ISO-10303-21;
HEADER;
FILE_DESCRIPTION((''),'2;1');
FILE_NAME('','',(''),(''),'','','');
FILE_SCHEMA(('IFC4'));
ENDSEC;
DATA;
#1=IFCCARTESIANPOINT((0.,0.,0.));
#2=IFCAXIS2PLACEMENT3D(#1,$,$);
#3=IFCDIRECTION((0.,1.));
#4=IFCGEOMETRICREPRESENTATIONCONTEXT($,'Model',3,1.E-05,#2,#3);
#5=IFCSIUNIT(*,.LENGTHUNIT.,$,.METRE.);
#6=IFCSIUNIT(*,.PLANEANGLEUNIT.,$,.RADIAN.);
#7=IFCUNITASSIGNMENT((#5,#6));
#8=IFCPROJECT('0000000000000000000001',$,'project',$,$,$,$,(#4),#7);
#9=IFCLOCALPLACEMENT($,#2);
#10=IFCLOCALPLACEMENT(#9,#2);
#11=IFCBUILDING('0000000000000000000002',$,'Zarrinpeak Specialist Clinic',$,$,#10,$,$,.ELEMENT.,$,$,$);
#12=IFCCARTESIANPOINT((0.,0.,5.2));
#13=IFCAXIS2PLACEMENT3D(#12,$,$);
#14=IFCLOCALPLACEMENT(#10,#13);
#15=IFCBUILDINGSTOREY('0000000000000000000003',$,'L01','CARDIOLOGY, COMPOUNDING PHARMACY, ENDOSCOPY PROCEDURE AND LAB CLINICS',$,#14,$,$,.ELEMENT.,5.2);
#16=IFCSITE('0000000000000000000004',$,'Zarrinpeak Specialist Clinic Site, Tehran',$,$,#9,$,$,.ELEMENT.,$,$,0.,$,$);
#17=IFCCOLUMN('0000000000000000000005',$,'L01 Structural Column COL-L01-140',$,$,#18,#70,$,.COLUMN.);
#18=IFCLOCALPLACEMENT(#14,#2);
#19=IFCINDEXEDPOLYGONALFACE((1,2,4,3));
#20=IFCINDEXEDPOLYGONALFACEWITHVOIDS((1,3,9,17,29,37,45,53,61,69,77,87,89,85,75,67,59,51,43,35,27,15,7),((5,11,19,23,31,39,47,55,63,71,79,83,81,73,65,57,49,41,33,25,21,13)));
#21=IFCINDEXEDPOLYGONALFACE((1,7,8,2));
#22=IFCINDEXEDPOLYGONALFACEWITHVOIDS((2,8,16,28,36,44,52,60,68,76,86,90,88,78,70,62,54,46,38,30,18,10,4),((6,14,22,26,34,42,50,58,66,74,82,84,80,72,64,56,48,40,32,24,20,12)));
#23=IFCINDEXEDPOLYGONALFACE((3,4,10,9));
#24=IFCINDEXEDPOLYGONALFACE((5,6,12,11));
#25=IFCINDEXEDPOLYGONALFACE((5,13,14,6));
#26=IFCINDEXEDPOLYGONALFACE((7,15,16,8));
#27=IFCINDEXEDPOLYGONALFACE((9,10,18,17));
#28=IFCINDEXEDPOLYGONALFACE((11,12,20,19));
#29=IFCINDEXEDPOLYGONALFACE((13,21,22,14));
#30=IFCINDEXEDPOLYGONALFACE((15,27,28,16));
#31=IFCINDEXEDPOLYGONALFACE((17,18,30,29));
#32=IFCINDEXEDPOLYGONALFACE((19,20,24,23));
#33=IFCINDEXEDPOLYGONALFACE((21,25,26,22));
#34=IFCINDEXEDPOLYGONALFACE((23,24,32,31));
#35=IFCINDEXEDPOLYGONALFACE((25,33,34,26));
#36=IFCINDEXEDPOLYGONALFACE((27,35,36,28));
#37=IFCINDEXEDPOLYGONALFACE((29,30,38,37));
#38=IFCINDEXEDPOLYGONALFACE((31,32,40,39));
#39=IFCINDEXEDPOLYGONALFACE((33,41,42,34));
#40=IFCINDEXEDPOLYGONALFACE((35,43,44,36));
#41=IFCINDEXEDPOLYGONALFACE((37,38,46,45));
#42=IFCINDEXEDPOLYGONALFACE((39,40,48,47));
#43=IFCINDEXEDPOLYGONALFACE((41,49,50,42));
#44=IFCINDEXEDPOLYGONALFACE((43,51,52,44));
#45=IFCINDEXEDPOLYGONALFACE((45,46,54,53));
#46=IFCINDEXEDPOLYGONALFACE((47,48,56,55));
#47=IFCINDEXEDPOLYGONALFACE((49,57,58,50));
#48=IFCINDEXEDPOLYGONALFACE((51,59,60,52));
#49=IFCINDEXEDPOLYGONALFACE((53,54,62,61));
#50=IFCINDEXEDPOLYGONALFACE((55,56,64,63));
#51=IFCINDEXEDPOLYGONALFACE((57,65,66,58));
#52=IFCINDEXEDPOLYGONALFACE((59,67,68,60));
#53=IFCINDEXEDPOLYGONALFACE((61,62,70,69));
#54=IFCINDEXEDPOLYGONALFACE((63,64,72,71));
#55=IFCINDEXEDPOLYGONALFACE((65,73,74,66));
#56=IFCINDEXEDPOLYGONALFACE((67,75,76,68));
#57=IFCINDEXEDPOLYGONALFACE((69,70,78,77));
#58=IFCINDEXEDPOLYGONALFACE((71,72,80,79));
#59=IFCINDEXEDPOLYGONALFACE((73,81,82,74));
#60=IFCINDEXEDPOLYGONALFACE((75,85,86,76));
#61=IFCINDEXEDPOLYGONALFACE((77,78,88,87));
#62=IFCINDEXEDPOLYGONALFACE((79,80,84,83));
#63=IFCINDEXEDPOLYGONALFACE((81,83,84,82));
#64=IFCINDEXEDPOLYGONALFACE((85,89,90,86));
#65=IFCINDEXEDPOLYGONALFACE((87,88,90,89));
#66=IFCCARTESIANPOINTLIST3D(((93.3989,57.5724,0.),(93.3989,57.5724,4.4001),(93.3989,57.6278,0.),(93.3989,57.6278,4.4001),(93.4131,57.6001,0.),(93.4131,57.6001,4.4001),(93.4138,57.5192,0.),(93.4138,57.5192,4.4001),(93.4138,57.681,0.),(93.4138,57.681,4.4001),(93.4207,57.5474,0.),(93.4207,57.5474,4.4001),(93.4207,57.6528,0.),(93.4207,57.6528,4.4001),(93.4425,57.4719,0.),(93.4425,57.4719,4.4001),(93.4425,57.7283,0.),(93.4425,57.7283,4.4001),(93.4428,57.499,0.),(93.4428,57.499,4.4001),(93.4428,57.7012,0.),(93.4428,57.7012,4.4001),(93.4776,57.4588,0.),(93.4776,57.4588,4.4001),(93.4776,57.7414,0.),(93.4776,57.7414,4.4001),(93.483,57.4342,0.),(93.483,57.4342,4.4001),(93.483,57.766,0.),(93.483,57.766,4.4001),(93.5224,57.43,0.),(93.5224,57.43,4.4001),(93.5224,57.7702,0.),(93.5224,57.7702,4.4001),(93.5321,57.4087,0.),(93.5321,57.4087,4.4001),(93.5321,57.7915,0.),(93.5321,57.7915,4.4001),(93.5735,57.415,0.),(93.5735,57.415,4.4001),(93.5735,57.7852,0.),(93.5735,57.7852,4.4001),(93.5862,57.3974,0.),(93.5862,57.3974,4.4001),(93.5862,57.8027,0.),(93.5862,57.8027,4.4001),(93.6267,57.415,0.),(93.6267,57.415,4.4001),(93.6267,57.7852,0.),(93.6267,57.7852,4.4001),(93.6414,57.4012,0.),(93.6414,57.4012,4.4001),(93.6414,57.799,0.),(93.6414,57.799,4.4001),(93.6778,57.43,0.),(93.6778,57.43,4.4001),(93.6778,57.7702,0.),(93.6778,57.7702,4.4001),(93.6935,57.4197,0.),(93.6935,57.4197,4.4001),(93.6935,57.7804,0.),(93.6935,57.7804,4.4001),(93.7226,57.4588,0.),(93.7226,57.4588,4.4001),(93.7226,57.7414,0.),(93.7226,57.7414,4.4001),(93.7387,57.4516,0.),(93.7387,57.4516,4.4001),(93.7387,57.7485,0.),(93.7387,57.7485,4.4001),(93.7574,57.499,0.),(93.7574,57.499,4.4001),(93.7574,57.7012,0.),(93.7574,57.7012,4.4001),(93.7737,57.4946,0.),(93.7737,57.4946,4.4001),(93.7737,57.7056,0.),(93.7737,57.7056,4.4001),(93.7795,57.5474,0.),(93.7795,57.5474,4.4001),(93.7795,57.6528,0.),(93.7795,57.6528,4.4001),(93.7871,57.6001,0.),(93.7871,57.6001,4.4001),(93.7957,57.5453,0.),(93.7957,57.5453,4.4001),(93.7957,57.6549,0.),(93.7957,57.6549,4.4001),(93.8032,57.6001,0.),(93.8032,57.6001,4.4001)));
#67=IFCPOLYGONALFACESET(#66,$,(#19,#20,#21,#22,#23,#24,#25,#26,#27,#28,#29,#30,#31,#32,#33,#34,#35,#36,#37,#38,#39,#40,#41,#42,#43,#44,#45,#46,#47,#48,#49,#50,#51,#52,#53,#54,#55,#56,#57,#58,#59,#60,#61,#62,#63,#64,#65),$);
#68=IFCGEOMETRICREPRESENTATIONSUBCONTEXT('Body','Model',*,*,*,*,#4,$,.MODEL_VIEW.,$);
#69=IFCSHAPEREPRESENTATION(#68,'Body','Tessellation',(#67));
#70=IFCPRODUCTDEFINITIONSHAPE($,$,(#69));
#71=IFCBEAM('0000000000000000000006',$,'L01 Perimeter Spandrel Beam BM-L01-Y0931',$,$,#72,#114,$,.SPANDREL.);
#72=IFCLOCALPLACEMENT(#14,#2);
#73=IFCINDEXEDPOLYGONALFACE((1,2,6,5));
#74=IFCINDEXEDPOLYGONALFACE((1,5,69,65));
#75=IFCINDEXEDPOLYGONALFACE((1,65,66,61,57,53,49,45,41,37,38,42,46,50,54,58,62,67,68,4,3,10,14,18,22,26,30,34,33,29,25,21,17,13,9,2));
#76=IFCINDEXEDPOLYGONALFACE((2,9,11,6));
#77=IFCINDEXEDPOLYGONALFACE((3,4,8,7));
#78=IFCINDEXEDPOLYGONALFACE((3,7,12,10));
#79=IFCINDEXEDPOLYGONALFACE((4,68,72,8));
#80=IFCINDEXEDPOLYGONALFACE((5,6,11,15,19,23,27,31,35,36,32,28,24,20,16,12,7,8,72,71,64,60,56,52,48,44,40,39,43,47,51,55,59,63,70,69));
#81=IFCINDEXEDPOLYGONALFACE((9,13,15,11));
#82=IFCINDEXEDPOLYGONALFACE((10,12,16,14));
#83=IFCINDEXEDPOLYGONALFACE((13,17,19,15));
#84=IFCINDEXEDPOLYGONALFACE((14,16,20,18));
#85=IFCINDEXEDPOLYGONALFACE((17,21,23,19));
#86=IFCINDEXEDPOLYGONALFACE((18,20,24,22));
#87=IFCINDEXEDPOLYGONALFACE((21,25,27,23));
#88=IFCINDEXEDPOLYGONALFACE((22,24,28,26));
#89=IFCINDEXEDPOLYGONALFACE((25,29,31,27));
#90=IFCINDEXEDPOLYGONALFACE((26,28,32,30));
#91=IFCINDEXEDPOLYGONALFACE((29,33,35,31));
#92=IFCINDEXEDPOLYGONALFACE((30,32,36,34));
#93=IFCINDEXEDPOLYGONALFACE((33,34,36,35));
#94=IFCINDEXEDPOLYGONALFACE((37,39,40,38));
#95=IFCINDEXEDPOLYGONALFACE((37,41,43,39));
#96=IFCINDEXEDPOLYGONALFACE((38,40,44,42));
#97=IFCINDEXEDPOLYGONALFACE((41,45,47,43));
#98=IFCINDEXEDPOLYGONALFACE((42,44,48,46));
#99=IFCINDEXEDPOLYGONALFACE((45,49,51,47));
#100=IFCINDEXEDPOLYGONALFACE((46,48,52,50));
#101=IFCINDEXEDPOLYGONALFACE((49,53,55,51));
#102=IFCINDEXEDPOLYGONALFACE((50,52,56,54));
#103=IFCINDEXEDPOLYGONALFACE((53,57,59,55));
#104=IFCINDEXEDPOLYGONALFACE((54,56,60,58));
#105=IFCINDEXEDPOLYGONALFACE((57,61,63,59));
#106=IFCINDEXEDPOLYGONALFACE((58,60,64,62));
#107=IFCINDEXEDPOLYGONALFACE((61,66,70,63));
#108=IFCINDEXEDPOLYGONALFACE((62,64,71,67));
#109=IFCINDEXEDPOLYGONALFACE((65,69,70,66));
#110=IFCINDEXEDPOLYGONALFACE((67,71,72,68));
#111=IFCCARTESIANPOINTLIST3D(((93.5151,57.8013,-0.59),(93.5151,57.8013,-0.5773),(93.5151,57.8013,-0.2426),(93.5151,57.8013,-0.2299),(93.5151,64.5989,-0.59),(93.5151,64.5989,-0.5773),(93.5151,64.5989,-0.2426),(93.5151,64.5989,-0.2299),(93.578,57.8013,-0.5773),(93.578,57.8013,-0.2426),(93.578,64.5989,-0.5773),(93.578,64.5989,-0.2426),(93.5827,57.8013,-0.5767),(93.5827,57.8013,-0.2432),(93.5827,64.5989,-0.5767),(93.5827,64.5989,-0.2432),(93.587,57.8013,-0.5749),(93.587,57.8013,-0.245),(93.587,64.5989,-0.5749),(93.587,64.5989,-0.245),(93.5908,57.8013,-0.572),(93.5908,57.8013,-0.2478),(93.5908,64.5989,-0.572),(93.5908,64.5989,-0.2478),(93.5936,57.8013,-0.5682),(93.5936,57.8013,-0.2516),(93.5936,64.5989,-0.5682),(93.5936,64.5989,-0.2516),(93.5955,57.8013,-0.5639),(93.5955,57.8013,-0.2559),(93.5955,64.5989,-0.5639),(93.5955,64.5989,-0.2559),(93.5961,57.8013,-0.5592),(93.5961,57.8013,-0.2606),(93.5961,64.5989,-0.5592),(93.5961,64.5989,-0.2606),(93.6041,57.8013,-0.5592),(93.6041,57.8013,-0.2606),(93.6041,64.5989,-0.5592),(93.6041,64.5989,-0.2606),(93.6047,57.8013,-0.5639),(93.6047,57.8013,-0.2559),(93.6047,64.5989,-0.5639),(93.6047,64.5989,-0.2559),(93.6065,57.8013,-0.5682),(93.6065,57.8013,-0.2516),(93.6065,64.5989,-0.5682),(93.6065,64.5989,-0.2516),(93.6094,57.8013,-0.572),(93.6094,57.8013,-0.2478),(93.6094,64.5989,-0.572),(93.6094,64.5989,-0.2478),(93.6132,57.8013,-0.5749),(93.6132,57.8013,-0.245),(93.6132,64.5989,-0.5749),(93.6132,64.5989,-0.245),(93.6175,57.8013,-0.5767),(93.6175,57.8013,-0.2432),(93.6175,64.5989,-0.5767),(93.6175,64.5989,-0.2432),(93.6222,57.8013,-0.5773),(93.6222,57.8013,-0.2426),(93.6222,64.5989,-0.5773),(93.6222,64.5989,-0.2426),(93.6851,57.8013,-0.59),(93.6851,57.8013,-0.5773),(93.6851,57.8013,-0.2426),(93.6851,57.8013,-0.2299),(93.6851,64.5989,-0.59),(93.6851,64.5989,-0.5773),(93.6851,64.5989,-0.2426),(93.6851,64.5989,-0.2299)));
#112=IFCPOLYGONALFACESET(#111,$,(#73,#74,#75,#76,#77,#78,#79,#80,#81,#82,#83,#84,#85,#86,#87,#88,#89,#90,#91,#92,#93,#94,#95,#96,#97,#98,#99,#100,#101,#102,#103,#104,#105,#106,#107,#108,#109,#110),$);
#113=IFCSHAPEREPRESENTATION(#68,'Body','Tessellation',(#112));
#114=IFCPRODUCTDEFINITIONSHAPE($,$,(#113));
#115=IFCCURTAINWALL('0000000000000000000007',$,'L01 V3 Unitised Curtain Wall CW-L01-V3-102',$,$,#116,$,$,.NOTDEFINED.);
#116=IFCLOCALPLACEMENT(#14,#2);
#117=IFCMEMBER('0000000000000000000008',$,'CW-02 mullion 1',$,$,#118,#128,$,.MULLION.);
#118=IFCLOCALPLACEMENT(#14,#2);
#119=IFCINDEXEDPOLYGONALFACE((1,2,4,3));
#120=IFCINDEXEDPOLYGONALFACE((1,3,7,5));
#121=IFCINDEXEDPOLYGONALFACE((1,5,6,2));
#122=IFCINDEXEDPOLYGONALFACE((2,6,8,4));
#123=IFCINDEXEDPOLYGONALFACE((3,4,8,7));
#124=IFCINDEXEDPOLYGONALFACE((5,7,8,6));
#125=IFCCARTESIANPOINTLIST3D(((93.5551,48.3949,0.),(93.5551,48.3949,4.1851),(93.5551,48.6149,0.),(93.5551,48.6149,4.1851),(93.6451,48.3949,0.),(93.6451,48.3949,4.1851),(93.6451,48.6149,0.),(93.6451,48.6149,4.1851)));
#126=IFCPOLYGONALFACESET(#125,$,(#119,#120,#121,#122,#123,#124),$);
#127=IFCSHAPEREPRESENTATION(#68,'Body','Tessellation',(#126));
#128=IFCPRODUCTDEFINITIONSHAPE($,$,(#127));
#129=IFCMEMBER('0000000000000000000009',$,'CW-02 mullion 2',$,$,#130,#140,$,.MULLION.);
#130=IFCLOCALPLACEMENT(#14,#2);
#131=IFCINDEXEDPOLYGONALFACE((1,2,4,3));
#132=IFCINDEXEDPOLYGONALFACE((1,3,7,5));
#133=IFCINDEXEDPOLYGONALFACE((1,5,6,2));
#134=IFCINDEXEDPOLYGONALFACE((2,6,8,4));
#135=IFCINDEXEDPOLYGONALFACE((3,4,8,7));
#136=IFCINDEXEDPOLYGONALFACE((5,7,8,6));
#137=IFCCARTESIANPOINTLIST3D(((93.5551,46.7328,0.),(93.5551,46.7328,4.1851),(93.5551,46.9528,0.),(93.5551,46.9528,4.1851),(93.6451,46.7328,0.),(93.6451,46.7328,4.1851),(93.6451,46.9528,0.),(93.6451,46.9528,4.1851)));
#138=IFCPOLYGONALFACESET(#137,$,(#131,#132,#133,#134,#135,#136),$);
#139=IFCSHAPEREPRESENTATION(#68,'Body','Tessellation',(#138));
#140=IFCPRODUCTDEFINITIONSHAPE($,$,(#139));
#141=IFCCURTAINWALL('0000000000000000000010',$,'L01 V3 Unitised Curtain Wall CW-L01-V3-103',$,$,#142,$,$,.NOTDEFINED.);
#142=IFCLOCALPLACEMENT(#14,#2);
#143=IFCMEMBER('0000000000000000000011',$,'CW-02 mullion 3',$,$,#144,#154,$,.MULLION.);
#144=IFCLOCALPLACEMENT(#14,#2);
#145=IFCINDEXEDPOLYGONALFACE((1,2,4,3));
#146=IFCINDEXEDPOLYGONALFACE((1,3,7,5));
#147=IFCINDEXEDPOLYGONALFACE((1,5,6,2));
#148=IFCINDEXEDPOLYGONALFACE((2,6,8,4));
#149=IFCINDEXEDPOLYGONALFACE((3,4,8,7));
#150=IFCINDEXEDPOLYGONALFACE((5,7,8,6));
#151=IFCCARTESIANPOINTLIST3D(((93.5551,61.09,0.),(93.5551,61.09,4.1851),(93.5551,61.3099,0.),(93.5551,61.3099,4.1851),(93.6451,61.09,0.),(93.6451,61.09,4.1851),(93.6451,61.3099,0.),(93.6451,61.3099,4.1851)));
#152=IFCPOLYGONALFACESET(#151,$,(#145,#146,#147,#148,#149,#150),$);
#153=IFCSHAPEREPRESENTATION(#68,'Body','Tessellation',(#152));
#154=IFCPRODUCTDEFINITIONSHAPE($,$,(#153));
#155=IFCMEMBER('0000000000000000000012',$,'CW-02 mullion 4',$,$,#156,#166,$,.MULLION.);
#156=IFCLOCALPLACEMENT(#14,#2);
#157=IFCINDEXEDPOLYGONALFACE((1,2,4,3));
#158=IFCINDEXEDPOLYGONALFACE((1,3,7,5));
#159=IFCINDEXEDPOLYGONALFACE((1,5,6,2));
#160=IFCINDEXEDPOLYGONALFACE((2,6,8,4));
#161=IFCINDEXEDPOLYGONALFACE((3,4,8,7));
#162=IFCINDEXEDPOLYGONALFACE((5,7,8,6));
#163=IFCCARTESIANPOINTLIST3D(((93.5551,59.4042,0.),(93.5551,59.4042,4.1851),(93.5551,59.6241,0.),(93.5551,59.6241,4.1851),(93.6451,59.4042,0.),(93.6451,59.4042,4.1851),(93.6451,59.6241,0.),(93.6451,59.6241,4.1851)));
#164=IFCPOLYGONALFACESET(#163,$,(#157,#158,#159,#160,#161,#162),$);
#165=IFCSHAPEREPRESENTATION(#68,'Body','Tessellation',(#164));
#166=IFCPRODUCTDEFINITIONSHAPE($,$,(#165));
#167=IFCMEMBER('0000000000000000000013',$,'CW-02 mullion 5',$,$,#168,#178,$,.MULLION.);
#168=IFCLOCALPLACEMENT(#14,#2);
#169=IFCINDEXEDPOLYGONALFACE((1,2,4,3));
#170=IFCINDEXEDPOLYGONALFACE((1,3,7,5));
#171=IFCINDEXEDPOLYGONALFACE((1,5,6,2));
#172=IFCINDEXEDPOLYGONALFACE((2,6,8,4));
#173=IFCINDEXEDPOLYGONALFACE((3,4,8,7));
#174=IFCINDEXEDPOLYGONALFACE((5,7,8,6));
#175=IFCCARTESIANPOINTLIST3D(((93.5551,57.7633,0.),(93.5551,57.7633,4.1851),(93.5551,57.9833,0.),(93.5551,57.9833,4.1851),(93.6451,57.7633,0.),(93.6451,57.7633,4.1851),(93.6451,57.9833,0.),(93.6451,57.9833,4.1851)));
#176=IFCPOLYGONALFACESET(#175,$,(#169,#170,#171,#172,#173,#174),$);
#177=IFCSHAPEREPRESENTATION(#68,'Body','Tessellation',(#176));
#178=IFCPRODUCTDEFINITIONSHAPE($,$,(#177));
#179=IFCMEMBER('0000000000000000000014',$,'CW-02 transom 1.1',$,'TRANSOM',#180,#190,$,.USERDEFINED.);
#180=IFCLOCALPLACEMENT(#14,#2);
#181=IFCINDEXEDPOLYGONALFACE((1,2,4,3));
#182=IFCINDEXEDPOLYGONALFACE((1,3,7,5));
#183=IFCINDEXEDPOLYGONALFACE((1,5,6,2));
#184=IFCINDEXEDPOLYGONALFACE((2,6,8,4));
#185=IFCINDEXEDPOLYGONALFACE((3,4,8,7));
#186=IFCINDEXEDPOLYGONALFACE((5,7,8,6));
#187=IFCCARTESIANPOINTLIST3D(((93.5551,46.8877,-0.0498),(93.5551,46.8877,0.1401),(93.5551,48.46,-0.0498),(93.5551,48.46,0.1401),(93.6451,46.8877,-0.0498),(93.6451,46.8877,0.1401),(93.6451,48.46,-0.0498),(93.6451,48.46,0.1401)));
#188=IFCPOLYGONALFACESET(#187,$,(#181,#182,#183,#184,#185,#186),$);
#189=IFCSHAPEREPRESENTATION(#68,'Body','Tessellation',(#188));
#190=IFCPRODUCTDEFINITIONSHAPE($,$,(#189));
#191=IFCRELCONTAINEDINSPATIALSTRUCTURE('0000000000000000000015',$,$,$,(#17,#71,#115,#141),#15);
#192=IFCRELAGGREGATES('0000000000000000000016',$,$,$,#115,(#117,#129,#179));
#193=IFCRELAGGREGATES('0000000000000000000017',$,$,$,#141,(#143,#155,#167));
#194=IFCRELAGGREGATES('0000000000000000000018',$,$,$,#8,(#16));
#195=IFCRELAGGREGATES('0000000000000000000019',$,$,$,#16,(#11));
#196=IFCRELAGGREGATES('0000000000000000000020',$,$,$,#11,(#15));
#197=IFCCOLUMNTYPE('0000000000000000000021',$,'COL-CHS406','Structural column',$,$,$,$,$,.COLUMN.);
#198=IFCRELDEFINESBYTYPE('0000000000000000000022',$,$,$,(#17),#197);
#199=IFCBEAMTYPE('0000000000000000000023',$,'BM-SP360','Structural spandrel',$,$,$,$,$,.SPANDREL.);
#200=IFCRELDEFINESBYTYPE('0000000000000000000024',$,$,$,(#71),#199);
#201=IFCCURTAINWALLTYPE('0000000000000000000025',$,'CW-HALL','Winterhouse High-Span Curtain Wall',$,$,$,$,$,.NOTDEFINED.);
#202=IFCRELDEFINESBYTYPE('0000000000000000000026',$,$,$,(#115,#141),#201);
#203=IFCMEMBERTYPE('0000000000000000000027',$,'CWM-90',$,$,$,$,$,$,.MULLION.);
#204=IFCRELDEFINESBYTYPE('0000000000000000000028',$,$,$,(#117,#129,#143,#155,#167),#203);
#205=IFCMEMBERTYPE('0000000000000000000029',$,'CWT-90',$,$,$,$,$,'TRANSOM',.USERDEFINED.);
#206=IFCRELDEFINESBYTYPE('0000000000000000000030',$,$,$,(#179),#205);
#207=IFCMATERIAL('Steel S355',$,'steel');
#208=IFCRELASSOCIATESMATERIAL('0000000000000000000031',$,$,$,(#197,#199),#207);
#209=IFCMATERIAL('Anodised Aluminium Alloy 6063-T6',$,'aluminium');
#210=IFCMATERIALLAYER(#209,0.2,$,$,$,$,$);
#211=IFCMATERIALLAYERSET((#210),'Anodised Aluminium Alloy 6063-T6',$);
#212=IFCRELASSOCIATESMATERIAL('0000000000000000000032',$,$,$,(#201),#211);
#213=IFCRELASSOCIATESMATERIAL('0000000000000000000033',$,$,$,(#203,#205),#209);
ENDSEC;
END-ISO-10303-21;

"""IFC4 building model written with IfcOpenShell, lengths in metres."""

from ifc_helpers import new_model, si_unit, direction, frame, origin, origin_2d, place, context, subcontext, project, spatial, rectangle, hollow_circle, i_section, extrude, material, layer, layer_set, material_profile, profile_set, type_object, element, aggregate, save


model = new_model("IFC4")

# Units and contexts
model_context = context("Model", 3, precision=1e-05, world=origin(), true_north=direction((0.0, 1.0)))
body_context = subcontext(model_context, "Body", "Model", "MODEL_VIEW")
ifc_project = project(units=[si_unit("LENGTHUNIT", "METRE"), si_unit("PLANEANGLEUNIT", "RADIAN")], contexts=[model_context])

# Site, building, storey
site_placement = place(None, origin())
site = spatial("IfcSite", under=ifc_project, at=site_placement, Name="Zarrinpeak Specialist Clinic Site, Tehran", CompositionType="ELEMENT", RefElevation=0.0)
building_placement = place(site_placement, origin())
building = spatial("IfcBuilding", under=site, at=building_placement, Name="Zarrinpeak Specialist Clinic", CompositionType="ELEMENT")
storey_placement = place(building_placement, frame((0.0, 0.0, 5.2)))
storey = spatial("IfcBuildingStorey", under=building, at=storey_placement, Name="L01", Description="CARDIOLOGY, COMPOUNDING PHARMACY, ENDOSCOPY PROCEDURE AND LAB CLINICS", CompositionType="ELEMENT", Elevation=5.2)

# Column
ifc_material_1 = material(Name="Steel S355", Category="steel")
ifc_material_profile_1 = material_profile(ifc_material_1, hollow_circle(Radius=0.2031, WallThickness=0.0161, at=origin_2d()), Name="CHS 406.4x16.0")
ifc_profile_set_1 = profile_set([ifc_material_profile_1], Name="Steel S355")
column_type = type_object("IfcColumnType", Name="COL-CHS406", Description="Structural column", PredefinedType="COLUMN", material=ifc_profile_set_1)
column_placement = place(storey_placement, frame((93.6001, 57.6001, 0.0), z_axis=(0.0, 0.0, 1.0), x_axis=(1.0, 0.0, 0.0)))
element("IfcColumn", 1, at=column_placement, inside=storey, type_object=column_type, Name="L01 Structural Column COL-L01-140", PredefinedType="COLUMN", context=body_context, shape_type="SweptSolid", body=[
    extrude(hollow_circle(Radius=0.2031, WallThickness=0.0161, at=origin_2d()), origin(), (0.0, 0.0, 1.0), 4.4001),
])

# Beam
ifc_material_profile_2 = material_profile(ifc_material_1, i_section(OverallWidth=0.1699, OverallDepth=0.3601, WebThickness=0.0081, FlangeThickness=0.0127, FilletRadius=0.0181, at=origin_2d()), Name="IPE 360")
ifc_profile_set_2 = profile_set([ifc_material_profile_2], Name="Steel S355")
beam_type = type_object("IfcBeamType", Name="BM-SP360", Description="Structural spandrel", PredefinedType="SPANDREL", material=ifc_profile_set_2)
beam_placement = place(storey_placement, frame((93.6001, 57.8013, -0.4099), z_axis=(0.0, 1.0, 0.0), x_axis=(-1.0, 0.0, 0.0)))
element("IfcBeam", 2, at=beam_placement, inside=storey, type_object=beam_type, Name="L01 Perimeter Spandrel Beam BM-L01-Y0931", PredefinedType="SPANDREL", context=body_context, shape_type="SweptSolid", body=[
    extrude(i_section(OverallWidth=0.1699, OverallDepth=0.3601, WebThickness=0.0081, FlangeThickness=0.0127, FilletRadius=0.0181, at=origin_2d()), origin(), (0.0, 0.0, 1.0), 6.7976),
])

# Curtain walls, members
ifc_material_2 = material(Name="Anodised Aluminium Alloy 6063-T6", Category="aluminium")
ifc_layer_1 = layer(ifc_material_2, 0.2)
ifc_layer_set_1 = layer_set([ifc_layer_1], Name="Anodised Aluminium Alloy 6063-T6")
curtain_wall_type = type_object("IfcCurtainWallType", Name="CW-HALL", Description="Winterhouse High-Span Curtain Wall", PredefinedType="NOTDEFINED", material=ifc_layer_set_1)
curtain_wall_1_placement = place(storey_placement, origin())
curtain_wall_1 = element("IfcCurtainWall", 3, at=curtain_wall_1_placement, inside=storey, type_object=curtain_wall_type, Name="L01 V3 Unitised Curtain Wall CW-L01-V3-102", PredefinedType="NOTDEFINED")
ifc_material_profile_3 = material_profile(ifc_material_2, rectangle(XDim=0.0901, YDim=0.22, at=origin_2d()), Name="ALU 90x220")
ifc_profile_set_3 = profile_set([ifc_material_profile_3], Name="Anodised Aluminium Alloy 6063-T6")
member_type_1 = type_object("IfcMemberType", Name="CWM-90", PredefinedType="MULLION", material=ifc_profile_set_3)
member_1_placement = place(storey_placement, frame((93.6001, 48.5049, 0.0), z_axis=(0.0, 0.0, 1.0), x_axis=(1.0, 0.0, 0.0)))
member_1 = element("IfcMember", 4, at=member_1_placement, type_object=member_type_1, Name="CW-02 mullion 1", PredefinedType="MULLION", context=body_context, shape_type="SweptSolid", body=[
    extrude(rectangle(XDim=0.0901, YDim=0.22, at=origin_2d()), origin(), (0.0, 0.0, 1.0), 4.1851),
])
member_2_placement = place(storey_placement, frame((93.6001, 46.8428, 0.0), z_axis=(0.0, 0.0, 1.0), x_axis=(1.0, 0.0, 0.0)))
member_2 = element("IfcMember", 5, at=member_2_placement, type_object=member_type_1, Name="CW-02 mullion 2", PredefinedType="MULLION", context=body_context, shape_type="SweptSolid", body=[
    extrude(rectangle(XDim=0.0901, YDim=0.22, at=origin_2d()), origin(), (0.0, 0.0, 1.0), 4.1851),
])
curtain_wall_2_placement = place(storey_placement, origin())
curtain_wall_2 = element("IfcCurtainWall", 6, at=curtain_wall_2_placement, inside=storey, type_object=curtain_wall_type, Name="L01 V3 Unitised Curtain Wall CW-L01-V3-103", PredefinedType="NOTDEFINED")
member_3_placement = place(storey_placement, frame((93.6001, 61.2, 0.0), z_axis=(0.0, 0.0, 1.0), x_axis=(1.0, 0.0, 0.0)))
member_3 = element("IfcMember", 7, at=member_3_placement, type_object=member_type_1, Name="CW-02 mullion 3", PredefinedType="MULLION", context=body_context, shape_type="SweptSolid", body=[
    extrude(rectangle(XDim=0.0901, YDim=0.22, at=origin_2d()), origin(), (0.0, 0.0, 1.0), 4.1851),
])
member_4_placement = place(storey_placement, frame((93.6001, 59.5142, 0.0), z_axis=(0.0, 0.0, 1.0), x_axis=(1.0, 0.0, 0.0)))
member_4 = element("IfcMember", 8, at=member_4_placement, type_object=member_type_1, Name="CW-02 mullion 4", PredefinedType="MULLION", context=body_context, shape_type="SweptSolid", body=[
    extrude(rectangle(XDim=0.0901, YDim=0.22, at=origin_2d()), origin(), (0.0, 0.0, 1.0), 4.1851),
])
member_5_placement = place(storey_placement, frame((93.6001, 57.8733, 0.0), z_axis=(0.0, 0.0, 1.0), x_axis=(1.0, 0.0, 0.0)))
member_5 = element("IfcMember", 9, at=member_5_placement, type_object=member_type_1, Name="CW-02 mullion 5", PredefinedType="MULLION", context=body_context, shape_type="SweptSolid", body=[
    extrude(rectangle(XDim=0.0901, YDim=0.22, at=origin_2d()), origin(), (0.0, 0.0, 1.0), 4.1851),
])

# Member
ifc_material_profile_4 = material_profile(ifc_material_2, rectangle(XDim=0.0901, YDim=0.1899, at=origin_2d()), Name="ALU 90x190")
ifc_profile_set_4 = profile_set([ifc_material_profile_4], Name="Anodised Aluminium Alloy 6063-T6")
member_type_2 = type_object("IfcMemberType", Name="CWT-90", ElementType="TRANSOM", PredefinedType="USERDEFINED", material=ifc_profile_set_4)
member_6_placement = place(storey_placement, frame((93.6001, 48.46, 0.0452), z_axis=(0.0, -1.0, 0.0), x_axis=(1.0, 0.0, 0.0)))
member_6 = element("IfcMember", 10, at=member_6_placement, type_object=member_type_2, Name="CW-02 transom 1.1", ObjectType="TRANSOM", PredefinedType="USERDEFINED", context=body_context, shape_type="SweptSolid", body=[
    extrude(rectangle(XDim=0.0901, YDim=0.1899, at=origin_2d()), origin(), (0.0, 0.0, 1.0), 1.5723),
])

aggregate(curtain_wall_1, [member_1, member_2, member_6])
aggregate(curtain_wall_2, [member_3, member_4, member_5])

save(model, "model.ifc")
